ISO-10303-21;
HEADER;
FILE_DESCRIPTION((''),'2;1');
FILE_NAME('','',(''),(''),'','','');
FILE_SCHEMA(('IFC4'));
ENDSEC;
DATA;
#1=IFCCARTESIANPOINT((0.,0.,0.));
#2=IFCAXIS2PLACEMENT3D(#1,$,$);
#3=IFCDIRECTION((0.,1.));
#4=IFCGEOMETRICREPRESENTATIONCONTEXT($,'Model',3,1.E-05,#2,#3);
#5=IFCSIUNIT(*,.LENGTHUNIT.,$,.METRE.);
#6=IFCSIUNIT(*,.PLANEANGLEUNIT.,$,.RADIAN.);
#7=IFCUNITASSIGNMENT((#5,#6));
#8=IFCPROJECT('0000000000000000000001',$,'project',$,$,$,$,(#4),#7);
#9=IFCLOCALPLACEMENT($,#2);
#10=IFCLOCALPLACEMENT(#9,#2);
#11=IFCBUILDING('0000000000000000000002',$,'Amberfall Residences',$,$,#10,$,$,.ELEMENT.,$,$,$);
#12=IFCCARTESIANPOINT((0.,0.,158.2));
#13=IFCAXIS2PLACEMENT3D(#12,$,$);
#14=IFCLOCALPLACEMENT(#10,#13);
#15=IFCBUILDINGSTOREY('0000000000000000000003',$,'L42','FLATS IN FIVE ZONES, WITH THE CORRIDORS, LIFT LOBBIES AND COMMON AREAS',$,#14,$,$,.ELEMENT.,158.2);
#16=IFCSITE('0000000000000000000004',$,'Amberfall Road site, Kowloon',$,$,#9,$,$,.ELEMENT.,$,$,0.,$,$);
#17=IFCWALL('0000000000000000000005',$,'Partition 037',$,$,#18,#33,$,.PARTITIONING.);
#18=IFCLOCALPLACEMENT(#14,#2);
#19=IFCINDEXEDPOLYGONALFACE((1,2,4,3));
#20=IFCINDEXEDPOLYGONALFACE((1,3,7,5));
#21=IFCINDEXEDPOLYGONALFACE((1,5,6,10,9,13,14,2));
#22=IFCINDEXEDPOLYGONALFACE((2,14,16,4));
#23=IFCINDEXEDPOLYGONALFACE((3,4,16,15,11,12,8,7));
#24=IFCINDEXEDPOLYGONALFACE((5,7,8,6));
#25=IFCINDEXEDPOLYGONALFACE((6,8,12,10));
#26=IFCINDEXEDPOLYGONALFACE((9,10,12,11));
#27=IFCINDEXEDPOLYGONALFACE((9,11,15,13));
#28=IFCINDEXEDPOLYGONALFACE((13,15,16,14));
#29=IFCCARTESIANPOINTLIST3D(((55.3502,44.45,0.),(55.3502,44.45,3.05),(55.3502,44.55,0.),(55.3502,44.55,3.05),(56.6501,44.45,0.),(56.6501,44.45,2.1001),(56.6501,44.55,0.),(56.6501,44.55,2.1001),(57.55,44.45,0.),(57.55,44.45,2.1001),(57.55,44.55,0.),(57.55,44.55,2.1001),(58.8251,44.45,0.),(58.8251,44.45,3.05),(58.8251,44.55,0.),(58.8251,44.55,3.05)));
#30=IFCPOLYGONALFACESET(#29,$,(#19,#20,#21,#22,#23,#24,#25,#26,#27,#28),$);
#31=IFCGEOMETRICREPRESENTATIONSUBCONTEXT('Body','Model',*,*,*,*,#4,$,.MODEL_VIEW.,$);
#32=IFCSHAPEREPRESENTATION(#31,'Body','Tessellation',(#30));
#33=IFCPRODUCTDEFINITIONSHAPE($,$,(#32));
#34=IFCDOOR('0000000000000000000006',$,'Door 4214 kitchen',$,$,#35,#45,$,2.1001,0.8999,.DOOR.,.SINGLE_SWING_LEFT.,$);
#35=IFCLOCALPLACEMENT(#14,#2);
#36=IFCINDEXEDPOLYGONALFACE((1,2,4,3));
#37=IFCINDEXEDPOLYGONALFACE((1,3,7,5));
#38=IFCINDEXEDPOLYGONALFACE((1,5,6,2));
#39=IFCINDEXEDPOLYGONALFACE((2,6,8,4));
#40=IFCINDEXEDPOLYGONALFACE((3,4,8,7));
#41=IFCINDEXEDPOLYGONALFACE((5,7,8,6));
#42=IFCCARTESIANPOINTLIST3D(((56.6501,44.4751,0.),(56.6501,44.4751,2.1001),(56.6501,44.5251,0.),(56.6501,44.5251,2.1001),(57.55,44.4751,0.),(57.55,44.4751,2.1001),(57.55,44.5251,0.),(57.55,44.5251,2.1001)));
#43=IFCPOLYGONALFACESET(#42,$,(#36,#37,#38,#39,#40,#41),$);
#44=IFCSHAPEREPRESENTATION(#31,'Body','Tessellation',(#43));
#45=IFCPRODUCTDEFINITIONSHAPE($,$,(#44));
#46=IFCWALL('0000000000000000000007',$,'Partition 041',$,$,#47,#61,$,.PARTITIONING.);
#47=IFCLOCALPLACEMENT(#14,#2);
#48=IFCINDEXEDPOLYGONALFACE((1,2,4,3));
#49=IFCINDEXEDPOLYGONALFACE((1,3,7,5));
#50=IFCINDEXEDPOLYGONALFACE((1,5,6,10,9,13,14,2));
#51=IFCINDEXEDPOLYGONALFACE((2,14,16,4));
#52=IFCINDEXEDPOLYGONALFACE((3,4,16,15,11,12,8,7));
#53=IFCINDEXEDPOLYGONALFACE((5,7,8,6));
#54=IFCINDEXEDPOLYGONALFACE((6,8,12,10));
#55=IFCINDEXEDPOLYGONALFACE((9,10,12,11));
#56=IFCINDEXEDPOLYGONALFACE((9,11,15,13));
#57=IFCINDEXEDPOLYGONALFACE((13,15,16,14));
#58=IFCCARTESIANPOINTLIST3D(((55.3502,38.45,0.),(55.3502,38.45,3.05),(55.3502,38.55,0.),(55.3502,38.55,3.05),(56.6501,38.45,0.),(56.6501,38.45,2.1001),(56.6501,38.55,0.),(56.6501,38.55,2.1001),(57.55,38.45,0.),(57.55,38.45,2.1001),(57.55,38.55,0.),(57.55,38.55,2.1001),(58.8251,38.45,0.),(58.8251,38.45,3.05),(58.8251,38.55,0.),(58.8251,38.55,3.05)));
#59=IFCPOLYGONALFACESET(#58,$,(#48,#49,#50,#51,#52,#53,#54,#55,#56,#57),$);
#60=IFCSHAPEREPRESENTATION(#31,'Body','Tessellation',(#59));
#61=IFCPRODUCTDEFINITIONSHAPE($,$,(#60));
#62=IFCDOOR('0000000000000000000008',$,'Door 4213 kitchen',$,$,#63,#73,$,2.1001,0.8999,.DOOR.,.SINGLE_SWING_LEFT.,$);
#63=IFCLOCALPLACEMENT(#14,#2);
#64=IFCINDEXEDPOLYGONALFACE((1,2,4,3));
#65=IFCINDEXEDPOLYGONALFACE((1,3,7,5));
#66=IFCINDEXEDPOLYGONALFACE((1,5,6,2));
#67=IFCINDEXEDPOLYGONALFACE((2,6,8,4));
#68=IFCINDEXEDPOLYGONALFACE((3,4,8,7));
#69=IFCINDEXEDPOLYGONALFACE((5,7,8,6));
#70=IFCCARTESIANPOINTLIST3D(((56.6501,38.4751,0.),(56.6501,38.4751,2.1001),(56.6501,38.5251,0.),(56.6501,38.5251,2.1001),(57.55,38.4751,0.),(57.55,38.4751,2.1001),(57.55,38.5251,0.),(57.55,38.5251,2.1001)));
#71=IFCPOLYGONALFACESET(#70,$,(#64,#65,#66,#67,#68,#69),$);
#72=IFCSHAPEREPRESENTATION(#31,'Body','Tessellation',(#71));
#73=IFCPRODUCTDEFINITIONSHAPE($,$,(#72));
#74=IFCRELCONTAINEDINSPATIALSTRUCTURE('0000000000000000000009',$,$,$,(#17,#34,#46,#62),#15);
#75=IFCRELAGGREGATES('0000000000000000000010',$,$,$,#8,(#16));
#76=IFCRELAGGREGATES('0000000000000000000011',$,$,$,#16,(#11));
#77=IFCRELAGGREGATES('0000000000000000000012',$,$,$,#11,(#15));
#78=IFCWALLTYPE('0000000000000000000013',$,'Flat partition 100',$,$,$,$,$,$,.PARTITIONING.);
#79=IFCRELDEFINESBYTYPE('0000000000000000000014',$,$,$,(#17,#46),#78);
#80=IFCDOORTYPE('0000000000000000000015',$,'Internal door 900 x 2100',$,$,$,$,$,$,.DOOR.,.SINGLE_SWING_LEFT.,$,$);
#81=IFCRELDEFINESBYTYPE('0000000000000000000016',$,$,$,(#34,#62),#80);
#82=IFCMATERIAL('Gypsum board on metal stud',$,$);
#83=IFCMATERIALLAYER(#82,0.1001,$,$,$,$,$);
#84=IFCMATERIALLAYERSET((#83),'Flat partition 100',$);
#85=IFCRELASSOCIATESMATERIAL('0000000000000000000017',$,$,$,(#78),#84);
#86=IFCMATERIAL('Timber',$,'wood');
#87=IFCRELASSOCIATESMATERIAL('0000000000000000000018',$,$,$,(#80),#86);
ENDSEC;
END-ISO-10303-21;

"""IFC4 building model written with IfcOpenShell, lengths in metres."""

from ifc_helpers import new_model, si_unit, direction, frame, frame_2d, origin, place, context, subcontext, project, spatial, rectangle, extrude, material, layer, layer_set, type_object, element, fill, save


model = new_model("IFC4")

# Units and contexts
model_context = context("Model", 3, precision=1e-05, world=origin(), true_north=direction((0.0, 1.0)))
body_context = subcontext(model_context, "Body", "Model", "MODEL_VIEW")
ifc_project = project(units=[si_unit("LENGTHUNIT", "METRE"), si_unit("PLANEANGLEUNIT", "RADIAN")], contexts=[model_context])

# Site, building, storey
site_placement = place(None, origin())
site = spatial("IfcSite", under=ifc_project, at=site_placement, Name="Amberfall Road site, Kowloon", CompositionType="ELEMENT", RefElevation=0.0)
building_placement = place(site_placement, origin())
building = spatial("IfcBuilding", under=site, at=building_placement, Name="Amberfall Residences", CompositionType="ELEMENT")
storey_placement = place(building_placement, frame((0.0, 0.0, 158.2)))
storey = spatial("IfcBuildingStorey", under=building, at=storey_placement, Name="L42", Description="FLATS IN FIVE ZONES, WITH THE CORRIDORS, LIFT LOBBIES AND COMMON AREAS", CompositionType="ELEMENT", Elevation=158.2)

# Walls, openings, doors
ifc_material_1 = material(Name="Gypsum board on metal stud")
ifc_layer_1 = layer(ifc_material_1, 0.1001)
ifc_layer_set_1 = layer_set([ifc_layer_1], Name="Flat partition 100")
wall_type_1 = type_object("IfcWallType", Name="Flat partition 100", PredefinedType="PARTITIONING", material=ifc_layer_set_1)
wall_1_placement = place(storey_placement, frame((58.825, 44.5, 0.0), z_axis=(0.0, 0.0, 1.0), x_axis=(-1.0, 0.0, 0.0)))
wall_1 = element("IfcWall", 1, at=wall_1_placement, inside=storey, type_object=wall_type_1, Name="Partition 037", PredefinedType="PARTITIONING", context=body_context, shape_type="SweptSolid", body=[
    extrude(rectangle(XDim=3.4749, YDim=0.1001, at=frame_2d((1.7373, 0.0))), origin(), (0.0, 0.0, 1.0), 3.05),
])
opening_1_placement = place(wall_1_placement, frame((1.2749, 0.0, 0.0)))
opening_1 = element("IfcOpeningElement", 2, at=opening_1_placement, cuts=wall_1, PredefinedType="OPENING", context=body_context, shape_type="SweptSolid", body=[
    extrude(rectangle(XDim=0.8999, YDim=2.1001, at=frame_2d((0.45, 1.05))), frame((0.0, 0.0601, 0.0), z_axis=(0.0, -1.0, 0.0), x_axis=(1.0, 0.0, 0.0)), (0.0, 0.0, 1.0), 0.1201),
])
ifc_material_2 = material(Name="Timber", Category="wood")
door_type_1 = type_object("IfcDoorType", Name="Internal door 900 x 2100", OperationType="SINGLE_SWING_LEFT", PredefinedType="DOOR", material=ifc_material_2)
door_1_placement = place(opening_1_placement, origin())
door_1 = element("IfcDoor", 3, at=door_1_placement, inside=storey, type_object=door_type_1, Name="Door 4214 kitchen", OperationType="SINGLE_SWING_LEFT", OverallHeight=2.1001, OverallWidth=0.8999, PredefinedType="DOOR", context=body_context, shape_type="SweptSolid", body=[
    extrude(rectangle(XDim=0.8999, YDim=2.1001, at=frame_2d((0.45, 1.05))), frame((0.0, 0.0249, 0.0), z_axis=(0.0, -1.0, 0.0), x_axis=(1.0, 0.0, 0.0)), (0.0, 0.0, 1.0), 0.05),
])
fill(opening_1, door_1)
wall_2_placement = place(storey_placement, frame((58.825, 38.5, 0.0), z_axis=(0.0, 0.0, 1.0), x_axis=(-1.0, 0.0, 0.0)))
wall_2 = element("IfcWall", 4, at=wall_2_placement, inside=storey, type_object=wall_type_1, Name="Partition 041", PredefinedType="PARTITIONING", context=body_context, shape_type="SweptSolid", body=[
    extrude(rectangle(XDim=3.4749, YDim=0.1001, at=frame_2d((1.7373, 0.0))), origin(), (0.0, 0.0, 1.0), 3.05),
])
opening_2_placement = place(wall_2_placement, frame((1.2749, 0.0, 0.0)))
opening_2 = element("IfcOpeningElement", 5, at=opening_2_placement, cuts=wall_2, PredefinedType="OPENING", context=body_context, shape_type="SweptSolid", body=[
    extrude(rectangle(XDim=0.8999, YDim=2.1001, at=frame_2d((0.45, 1.05))), frame((0.0, 0.0601, 0.0), z_axis=(0.0, -1.0, 0.0), x_axis=(1.0, 0.0, 0.0)), (0.0, 0.0, 1.0), 0.1201),
])
door_2_placement = place(opening_2_placement, origin())
door_2 = element("IfcDoor", 6, at=door_2_placement, inside=storey, type_object=door_type_1, Name="Door 4213 kitchen", OperationType="SINGLE_SWING_LEFT", OverallHeight=2.1001, OverallWidth=0.8999, PredefinedType="DOOR", context=body_context, shape_type="SweptSolid", body=[
    extrude(rectangle(XDim=0.8999, YDim=2.1001, at=frame_2d((0.45, 1.05))), frame((0.0, 0.0249, 0.0), z_axis=(0.0, -1.0, 0.0), x_axis=(1.0, 0.0, 0.0)), (0.0, 0.0, 1.0), 0.05),
])
fill(opening_2, door_2)

save(model, "model.ifc")
